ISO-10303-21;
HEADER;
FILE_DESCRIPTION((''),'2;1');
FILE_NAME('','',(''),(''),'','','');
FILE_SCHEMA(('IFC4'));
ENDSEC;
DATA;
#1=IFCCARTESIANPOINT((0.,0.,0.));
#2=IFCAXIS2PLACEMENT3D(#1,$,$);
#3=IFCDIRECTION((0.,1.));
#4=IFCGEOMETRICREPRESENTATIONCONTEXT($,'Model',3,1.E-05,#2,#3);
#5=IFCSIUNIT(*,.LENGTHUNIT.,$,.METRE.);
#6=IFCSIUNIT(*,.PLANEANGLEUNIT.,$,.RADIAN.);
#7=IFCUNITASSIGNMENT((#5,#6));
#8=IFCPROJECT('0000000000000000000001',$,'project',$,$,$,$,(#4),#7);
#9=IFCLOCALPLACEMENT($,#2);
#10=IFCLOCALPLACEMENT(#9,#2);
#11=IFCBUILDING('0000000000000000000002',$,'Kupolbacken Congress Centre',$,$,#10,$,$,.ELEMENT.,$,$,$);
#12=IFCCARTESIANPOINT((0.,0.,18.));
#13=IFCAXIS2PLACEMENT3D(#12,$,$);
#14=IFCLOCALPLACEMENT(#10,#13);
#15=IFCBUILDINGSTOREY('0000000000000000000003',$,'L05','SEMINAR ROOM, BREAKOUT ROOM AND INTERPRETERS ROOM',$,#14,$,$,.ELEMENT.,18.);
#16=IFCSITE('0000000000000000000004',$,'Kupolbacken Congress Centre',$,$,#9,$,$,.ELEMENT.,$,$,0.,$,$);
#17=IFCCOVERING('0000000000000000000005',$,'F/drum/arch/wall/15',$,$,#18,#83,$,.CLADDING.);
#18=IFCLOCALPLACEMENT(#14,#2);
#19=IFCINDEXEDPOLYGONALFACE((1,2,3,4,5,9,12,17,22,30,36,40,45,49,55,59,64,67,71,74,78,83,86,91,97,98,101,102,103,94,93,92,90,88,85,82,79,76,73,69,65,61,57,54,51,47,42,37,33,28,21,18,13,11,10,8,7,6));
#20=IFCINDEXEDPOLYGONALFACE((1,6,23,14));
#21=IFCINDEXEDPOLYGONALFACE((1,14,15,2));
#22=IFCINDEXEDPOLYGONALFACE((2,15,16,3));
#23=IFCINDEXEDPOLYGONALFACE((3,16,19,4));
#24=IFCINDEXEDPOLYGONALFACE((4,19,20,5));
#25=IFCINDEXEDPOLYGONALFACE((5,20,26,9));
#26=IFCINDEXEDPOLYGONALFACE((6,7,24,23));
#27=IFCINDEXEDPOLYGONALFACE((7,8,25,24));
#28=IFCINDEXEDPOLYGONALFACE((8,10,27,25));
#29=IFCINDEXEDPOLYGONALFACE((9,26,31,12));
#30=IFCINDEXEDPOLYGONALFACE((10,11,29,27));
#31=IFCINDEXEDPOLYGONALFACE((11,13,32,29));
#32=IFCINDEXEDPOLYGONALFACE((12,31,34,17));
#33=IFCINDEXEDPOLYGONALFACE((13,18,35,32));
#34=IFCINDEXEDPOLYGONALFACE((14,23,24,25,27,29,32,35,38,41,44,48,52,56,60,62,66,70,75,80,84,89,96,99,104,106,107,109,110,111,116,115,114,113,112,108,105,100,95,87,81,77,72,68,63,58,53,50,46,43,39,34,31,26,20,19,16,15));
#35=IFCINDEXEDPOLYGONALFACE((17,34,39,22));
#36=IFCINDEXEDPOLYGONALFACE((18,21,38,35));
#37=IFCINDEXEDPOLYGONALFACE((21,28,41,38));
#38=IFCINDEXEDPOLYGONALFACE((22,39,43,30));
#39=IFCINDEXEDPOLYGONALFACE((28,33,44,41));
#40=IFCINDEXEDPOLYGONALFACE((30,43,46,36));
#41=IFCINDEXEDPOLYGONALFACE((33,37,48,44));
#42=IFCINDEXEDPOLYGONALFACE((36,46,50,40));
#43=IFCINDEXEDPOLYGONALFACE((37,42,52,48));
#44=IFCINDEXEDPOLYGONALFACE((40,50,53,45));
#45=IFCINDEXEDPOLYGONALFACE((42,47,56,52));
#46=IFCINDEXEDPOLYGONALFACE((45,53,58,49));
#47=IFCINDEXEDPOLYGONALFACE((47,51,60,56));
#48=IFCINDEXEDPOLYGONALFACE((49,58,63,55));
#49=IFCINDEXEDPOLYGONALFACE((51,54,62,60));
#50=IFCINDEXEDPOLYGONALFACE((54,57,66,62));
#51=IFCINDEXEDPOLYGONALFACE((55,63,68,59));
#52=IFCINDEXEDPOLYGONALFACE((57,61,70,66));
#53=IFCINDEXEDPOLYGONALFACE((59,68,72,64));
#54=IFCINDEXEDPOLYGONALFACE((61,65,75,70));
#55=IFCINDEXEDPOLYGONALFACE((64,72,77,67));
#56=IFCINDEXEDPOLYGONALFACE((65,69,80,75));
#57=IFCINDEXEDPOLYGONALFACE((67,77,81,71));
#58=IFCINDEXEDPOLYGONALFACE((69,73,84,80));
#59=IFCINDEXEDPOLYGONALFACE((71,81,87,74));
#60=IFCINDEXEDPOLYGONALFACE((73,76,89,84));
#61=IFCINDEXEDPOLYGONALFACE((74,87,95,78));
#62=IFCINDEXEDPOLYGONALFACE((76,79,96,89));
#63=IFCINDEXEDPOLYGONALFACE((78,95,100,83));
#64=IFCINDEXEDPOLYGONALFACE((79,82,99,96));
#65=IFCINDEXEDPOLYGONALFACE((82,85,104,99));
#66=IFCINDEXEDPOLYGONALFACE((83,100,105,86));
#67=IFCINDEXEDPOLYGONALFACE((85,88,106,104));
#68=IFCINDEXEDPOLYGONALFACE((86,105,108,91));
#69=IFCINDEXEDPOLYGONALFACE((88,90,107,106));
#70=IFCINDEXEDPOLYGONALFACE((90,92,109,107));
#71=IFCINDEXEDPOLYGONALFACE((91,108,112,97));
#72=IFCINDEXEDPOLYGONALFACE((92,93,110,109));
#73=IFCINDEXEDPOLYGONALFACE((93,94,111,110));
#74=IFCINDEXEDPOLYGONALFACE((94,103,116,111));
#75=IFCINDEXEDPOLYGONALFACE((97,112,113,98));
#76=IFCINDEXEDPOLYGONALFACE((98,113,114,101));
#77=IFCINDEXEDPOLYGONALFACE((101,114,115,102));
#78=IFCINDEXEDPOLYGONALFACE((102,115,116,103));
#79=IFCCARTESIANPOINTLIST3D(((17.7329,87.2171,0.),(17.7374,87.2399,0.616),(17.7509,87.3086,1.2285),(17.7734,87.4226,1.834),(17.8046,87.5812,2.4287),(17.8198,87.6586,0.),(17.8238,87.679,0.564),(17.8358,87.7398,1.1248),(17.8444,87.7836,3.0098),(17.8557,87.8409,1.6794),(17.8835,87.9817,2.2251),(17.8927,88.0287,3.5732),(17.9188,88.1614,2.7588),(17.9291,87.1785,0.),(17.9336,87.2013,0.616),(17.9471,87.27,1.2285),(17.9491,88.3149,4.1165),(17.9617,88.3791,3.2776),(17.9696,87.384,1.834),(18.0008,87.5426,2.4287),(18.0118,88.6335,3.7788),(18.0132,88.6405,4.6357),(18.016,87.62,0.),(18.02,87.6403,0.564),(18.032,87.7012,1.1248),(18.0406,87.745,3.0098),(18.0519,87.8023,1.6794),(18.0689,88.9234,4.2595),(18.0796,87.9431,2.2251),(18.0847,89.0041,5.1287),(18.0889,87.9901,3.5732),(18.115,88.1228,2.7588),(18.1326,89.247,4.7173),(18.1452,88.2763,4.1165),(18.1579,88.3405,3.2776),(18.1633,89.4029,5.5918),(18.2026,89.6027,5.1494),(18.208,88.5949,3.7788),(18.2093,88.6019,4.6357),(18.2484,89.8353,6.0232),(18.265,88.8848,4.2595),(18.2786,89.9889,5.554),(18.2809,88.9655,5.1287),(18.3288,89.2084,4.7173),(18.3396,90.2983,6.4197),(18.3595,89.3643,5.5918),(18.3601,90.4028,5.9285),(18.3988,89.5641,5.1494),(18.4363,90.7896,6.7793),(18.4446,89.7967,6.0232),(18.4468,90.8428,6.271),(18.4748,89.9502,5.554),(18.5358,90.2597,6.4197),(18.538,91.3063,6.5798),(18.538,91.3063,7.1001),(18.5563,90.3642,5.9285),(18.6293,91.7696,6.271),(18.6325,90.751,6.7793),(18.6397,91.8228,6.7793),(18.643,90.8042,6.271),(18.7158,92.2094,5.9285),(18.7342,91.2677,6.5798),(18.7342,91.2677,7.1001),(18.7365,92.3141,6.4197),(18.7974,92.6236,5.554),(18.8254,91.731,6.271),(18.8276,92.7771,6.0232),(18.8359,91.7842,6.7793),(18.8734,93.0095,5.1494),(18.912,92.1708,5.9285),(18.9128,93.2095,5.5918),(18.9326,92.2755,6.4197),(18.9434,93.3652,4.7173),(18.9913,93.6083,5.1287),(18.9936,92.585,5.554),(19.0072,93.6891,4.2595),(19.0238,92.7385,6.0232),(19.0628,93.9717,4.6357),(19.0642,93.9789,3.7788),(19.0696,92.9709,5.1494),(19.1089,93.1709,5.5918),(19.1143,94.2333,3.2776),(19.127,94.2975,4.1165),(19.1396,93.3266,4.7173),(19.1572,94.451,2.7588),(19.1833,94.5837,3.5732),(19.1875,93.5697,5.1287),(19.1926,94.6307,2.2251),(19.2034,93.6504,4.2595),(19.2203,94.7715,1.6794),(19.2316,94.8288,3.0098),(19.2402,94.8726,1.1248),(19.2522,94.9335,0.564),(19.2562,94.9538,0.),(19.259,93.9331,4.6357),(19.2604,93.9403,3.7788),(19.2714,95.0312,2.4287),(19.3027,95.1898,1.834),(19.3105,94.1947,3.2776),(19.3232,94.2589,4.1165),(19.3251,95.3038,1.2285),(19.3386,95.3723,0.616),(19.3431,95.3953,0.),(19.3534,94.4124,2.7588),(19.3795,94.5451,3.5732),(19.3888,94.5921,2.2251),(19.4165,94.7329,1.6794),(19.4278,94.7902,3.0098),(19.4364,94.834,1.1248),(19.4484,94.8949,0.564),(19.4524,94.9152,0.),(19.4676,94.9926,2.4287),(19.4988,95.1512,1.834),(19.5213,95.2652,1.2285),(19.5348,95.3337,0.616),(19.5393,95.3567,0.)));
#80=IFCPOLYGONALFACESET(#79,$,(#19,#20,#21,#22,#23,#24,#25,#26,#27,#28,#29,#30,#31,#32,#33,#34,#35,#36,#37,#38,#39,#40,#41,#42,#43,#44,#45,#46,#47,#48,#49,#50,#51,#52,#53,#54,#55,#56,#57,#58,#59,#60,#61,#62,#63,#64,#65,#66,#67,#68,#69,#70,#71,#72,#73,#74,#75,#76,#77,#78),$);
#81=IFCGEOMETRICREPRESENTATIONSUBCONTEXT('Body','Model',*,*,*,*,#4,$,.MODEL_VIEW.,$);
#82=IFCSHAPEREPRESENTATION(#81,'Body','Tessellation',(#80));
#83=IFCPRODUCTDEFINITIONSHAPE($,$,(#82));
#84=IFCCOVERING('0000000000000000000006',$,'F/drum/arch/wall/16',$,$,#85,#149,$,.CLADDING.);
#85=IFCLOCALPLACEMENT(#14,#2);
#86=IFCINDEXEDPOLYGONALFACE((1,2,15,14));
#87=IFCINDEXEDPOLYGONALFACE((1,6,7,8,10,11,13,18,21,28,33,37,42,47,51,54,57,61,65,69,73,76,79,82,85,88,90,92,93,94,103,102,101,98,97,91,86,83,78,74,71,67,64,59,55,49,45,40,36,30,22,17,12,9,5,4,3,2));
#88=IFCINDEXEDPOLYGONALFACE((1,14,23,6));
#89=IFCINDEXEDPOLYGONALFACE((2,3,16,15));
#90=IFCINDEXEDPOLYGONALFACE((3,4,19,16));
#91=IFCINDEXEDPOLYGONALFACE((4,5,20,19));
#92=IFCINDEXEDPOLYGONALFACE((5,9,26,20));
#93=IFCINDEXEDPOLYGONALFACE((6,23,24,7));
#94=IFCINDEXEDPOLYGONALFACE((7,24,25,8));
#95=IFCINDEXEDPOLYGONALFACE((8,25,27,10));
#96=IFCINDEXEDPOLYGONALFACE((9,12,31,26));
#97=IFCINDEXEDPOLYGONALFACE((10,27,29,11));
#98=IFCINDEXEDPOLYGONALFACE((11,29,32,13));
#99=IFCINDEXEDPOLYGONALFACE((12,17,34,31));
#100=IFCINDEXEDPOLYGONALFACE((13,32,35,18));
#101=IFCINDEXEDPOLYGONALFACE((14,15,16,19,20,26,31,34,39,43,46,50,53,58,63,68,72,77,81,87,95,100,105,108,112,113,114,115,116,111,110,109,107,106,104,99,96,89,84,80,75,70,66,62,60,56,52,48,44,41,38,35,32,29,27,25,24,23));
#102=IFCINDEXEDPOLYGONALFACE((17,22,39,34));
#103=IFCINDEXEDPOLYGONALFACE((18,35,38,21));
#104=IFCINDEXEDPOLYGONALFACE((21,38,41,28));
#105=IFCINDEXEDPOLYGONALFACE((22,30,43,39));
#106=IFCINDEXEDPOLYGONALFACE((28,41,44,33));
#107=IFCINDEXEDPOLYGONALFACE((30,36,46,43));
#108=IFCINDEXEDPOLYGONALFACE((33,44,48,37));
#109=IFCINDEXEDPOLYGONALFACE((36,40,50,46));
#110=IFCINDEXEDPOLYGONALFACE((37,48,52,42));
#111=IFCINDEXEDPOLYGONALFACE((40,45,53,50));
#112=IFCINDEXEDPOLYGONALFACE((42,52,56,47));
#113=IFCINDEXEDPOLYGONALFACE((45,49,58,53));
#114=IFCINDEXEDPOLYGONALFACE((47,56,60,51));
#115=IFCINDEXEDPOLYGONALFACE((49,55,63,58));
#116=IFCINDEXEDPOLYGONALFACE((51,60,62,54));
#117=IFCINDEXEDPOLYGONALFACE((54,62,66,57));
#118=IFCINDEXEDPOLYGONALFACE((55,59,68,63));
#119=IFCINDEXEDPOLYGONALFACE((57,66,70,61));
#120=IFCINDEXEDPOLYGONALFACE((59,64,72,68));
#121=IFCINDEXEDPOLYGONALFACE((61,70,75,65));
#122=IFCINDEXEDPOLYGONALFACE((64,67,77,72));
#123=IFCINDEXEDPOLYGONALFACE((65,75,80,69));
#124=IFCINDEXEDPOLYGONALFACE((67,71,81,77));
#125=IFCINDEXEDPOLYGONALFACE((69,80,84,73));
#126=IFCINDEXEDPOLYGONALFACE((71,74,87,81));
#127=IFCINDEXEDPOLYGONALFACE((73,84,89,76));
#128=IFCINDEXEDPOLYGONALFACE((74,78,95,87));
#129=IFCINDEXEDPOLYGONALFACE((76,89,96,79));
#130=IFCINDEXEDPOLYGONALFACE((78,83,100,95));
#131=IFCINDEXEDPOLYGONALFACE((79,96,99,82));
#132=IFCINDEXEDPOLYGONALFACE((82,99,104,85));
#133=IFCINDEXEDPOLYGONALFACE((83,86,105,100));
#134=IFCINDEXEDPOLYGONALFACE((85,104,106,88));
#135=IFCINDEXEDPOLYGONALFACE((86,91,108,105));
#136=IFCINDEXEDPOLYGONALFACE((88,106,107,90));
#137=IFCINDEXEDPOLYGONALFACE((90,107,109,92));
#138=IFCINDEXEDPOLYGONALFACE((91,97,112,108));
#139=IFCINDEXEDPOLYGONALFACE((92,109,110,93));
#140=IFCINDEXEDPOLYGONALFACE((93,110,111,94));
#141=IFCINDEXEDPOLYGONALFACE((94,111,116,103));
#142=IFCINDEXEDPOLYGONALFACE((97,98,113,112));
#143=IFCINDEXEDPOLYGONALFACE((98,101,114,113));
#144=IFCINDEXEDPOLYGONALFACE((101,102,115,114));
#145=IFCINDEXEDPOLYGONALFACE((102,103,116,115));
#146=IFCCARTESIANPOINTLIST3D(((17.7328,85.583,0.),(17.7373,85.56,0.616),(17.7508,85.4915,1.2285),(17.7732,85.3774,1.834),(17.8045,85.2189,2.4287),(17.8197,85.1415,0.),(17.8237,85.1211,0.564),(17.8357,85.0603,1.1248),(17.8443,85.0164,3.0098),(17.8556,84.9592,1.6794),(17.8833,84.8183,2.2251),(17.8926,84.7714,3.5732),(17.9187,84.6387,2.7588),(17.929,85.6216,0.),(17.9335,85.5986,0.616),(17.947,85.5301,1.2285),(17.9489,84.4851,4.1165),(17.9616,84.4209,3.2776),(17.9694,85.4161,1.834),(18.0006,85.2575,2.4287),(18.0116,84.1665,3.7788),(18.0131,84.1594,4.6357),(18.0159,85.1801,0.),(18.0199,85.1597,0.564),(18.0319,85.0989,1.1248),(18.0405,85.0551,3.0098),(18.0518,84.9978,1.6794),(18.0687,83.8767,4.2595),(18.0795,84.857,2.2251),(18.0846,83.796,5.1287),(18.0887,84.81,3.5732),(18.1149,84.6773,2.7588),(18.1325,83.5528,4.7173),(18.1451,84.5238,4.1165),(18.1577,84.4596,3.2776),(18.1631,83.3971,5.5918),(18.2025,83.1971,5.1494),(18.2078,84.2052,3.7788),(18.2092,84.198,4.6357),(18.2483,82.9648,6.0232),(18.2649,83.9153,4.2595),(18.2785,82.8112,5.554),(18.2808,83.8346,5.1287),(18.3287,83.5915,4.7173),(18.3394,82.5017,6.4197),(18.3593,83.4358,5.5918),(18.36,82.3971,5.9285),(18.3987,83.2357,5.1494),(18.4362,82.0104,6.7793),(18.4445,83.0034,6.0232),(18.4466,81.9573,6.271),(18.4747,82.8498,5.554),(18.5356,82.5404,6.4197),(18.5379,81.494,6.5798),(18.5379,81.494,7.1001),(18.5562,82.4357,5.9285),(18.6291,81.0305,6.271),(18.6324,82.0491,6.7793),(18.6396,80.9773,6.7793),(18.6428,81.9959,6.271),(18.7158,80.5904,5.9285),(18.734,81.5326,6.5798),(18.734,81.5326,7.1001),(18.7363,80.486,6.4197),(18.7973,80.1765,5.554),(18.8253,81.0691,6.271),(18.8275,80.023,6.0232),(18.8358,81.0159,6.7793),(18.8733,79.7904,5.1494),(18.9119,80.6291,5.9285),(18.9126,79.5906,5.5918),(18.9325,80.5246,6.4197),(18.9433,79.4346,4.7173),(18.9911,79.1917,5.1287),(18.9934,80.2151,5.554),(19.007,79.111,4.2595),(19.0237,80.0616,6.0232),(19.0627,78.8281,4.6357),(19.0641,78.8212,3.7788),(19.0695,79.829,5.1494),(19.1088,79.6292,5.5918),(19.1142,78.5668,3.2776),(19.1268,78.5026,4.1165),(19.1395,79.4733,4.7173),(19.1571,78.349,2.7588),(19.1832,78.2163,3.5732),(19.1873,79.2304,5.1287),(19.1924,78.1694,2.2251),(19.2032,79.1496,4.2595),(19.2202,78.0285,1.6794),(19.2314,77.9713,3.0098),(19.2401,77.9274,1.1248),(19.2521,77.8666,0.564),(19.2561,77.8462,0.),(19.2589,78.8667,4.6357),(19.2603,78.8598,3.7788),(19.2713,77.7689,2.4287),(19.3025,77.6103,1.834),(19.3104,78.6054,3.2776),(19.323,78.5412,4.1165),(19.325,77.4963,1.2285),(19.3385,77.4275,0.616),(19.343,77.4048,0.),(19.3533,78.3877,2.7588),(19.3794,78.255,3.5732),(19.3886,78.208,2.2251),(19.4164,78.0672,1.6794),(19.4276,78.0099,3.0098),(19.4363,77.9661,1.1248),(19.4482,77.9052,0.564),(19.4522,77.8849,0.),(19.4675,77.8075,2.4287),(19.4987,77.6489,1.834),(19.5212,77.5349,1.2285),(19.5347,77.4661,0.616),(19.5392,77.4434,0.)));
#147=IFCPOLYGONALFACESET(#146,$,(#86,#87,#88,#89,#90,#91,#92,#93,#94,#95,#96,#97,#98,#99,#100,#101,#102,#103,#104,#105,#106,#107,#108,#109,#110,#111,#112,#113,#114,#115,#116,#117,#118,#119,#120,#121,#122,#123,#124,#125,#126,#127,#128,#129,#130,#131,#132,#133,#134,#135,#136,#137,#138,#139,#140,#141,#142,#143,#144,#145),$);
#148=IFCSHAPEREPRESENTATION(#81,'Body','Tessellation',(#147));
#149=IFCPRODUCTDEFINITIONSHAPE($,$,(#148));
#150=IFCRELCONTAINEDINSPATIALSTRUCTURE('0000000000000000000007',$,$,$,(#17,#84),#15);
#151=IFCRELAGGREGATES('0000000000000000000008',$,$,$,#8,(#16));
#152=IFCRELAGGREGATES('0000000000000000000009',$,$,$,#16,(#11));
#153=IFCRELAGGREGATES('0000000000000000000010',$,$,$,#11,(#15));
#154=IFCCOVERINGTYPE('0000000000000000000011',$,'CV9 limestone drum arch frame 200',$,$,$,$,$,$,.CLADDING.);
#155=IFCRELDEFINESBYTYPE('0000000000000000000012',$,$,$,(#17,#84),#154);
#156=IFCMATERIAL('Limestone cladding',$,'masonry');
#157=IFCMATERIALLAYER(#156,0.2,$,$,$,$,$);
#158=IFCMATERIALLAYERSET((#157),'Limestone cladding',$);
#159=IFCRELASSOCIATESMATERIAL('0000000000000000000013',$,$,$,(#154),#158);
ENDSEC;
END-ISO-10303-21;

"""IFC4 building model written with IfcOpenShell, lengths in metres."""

from ifc_helpers import new_model, si_unit, direction, frame, origin, place, context, subcontext, project, spatial, polyline, outline, extrude, material, layer, layer_set, type_object, element, save


model = new_model("IFC4")

# Units and contexts
model_context = context("Model", 3, precision=1e-05, world=origin(), true_north=direction((0.0, 1.0)))
body_context = subcontext(model_context, "Body", "Model", "MODEL_VIEW")
ifc_project = project(units=[si_unit("LENGTHUNIT", "METRE"), si_unit("PLANEANGLEUNIT", "RADIAN")], contexts=[model_context])

# Site, building, storey
site_placement = place(None, origin())
site = spatial("IfcSite", under=ifc_project, at=site_placement, Name="Kupolbacken Congress Centre", CompositionType="ELEMENT", RefElevation=0.0)
building_placement = place(site_placement, origin())
building = spatial("IfcBuilding", under=site, at=building_placement, Name="Kupolbacken Congress Centre", CompositionType="ELEMENT")
storey_placement = place(building_placement, frame((0.0, 0.0, 18.0)))
storey = spatial("IfcBuildingStorey", under=building, at=storey_placement, Name="L05", Description="SEMINAR ROOM, BREAKOUT ROOM AND INTERPRETERS ROOM", CompositionType="ELEMENT", Elevation=18.0)

# Coverings
ifc_material_1 = material(Name="Limestone cladding", Category="masonry")
ifc_layer_1 = layer(ifc_material_1, 0.2)
ifc_layer_set_1 = layer_set([ifc_layer_1], Name="Limestone cladding")
covering_type = type_object("IfcCoveringType", Name="CV9 limestone drum arch frame 200", PredefinedType="CLADDING", material=ifc_layer_set_1)
covering_1_placement = place(storey_placement, frame((19.5393, 95.3567, 0.0), z_axis=(-0.981163, 0.193182, 0.0), x_axis=(-0.193182, -0.981163, 0.0)))
element("IfcCovering", 1, at=covering_1_placement, inside=storey, type_object=covering_type, Name="F/drum/arch/wall/15", PredefinedType="CLADDING", context=body_context, shape_type="SweptSolid", body=[
    extrude(outline(polyline([(0.0, 0.0), (0.0234, 0.616), (0.0933, 1.2285), (0.2095, 1.834), (0.3711, 2.4287), (0.5774, 3.0098), (0.8271, 3.5732), (1.1189, 4.1165), (1.4509, 4.6357), (1.8213, 5.1287), (2.2278, 5.5918), (2.6685, 6.0232), (3.1404, 6.4197), (3.6411, 6.7793), (4.1675, 7.1001), (4.6941, 6.7793), (5.1948, 6.4197), (5.6667, 6.0232), (6.1074, 5.5918), (6.5139, 5.1287), (6.8845, 4.6357), (7.2163, 4.1165), (7.5081, 3.5732), (7.7578, 3.0098), (7.9641, 2.4287), (8.1257, 1.834), (8.2419, 1.2285), (8.312, 0.616), (8.3352, 0.0), (7.8853, 0.0), (7.8645, 0.564), (7.8025, 1.1248), (7.6995, 1.6794), (7.5559, 2.2251), (7.3728, 2.7588), (7.1509, 3.2776), (6.8916, 3.7788), (6.5962, 4.2595), (6.2664, 4.7173), (5.9038, 5.1494), (5.5103, 5.554), (5.0884, 5.9285), (4.6399, 6.271), (4.1675, 6.5798), (3.6953, 6.271), (3.2471, 5.9285), (2.825, 5.554), (2.4316, 5.1494), (2.0691, 4.7173), (1.739, 4.2595), (1.4436, 3.7788), (1.1843, 3.2776), (0.9624, 2.7588), (0.7793, 2.2251), (0.6357, 1.6794), (0.5327, 1.1248), (0.4707, 0.564), (0.45, 0.0), (0.0, 0.0)])), origin(), (0.0, 0.0, 1.0), 0.2),
])
covering_2_placement = place(storey_placement, frame((17.929, 85.6216, 0.0), z_axis=(-0.981163, -0.193182, 0.0), x_axis=(0.193182, -0.981163, 0.0)))
element("IfcCovering", 2, at=covering_2_placement, inside=storey, type_object=covering_type, Name="F/drum/arch/wall/16", PredefinedType="CLADDING", context=body_context, shape_type="SweptSolid", body=[
    extrude(outline(polyline([(0.0, 0.0), (0.0234, 0.616), (0.0933, 1.2285), (0.2095, 1.834), (0.3711, 2.4287), (0.5774, 3.0098), (0.8271, 3.5732), (1.1189, 4.1165), (1.4509, 4.6357), (1.8213, 5.1287), (2.2278, 5.5918), (2.6685, 6.0232), (3.1404, 6.4197), (3.6411, 6.7793), (4.1675, 7.1001), (4.6941, 6.7793), (5.1948, 6.4197), (5.6667, 6.0232), (6.1074, 5.5918), (6.5139, 5.1287), (6.8845, 4.6357), (7.2163, 4.1165), (7.5081, 3.5732), (7.7578, 3.0098), (7.9641, 2.4287), (8.1257, 1.834), (8.2419, 1.2285), (8.312, 0.616), (8.3352, 0.0), (7.8853, 0.0), (7.8645, 0.564), (7.8025, 1.1248), (7.6995, 1.6794), (7.5559, 2.2251), (7.3728, 2.7588), (7.1509, 3.2776), (6.8916, 3.7788), (6.5962, 4.2595), (6.2664, 4.7173), (5.9038, 5.1494), (5.5103, 5.554), (5.0884, 5.9285), (4.6399, 6.271), (4.1675, 6.5798), (3.6953, 6.271), (3.2471, 5.9285), (2.825, 5.554), (2.4316, 5.1494), (2.0691, 4.7173), (1.739, 4.2595), (1.4436, 3.7788), (1.1843, 3.2776), (0.9624, 2.7588), (0.7793, 2.2251), (0.6357, 1.6794), (0.5327, 1.1248), (0.4707, 0.564), (0.45, 0.0), (0.0, 0.0)])), origin(), (0.0, 0.0, 1.0), 0.2),
])

save(model, "model.ifc")
